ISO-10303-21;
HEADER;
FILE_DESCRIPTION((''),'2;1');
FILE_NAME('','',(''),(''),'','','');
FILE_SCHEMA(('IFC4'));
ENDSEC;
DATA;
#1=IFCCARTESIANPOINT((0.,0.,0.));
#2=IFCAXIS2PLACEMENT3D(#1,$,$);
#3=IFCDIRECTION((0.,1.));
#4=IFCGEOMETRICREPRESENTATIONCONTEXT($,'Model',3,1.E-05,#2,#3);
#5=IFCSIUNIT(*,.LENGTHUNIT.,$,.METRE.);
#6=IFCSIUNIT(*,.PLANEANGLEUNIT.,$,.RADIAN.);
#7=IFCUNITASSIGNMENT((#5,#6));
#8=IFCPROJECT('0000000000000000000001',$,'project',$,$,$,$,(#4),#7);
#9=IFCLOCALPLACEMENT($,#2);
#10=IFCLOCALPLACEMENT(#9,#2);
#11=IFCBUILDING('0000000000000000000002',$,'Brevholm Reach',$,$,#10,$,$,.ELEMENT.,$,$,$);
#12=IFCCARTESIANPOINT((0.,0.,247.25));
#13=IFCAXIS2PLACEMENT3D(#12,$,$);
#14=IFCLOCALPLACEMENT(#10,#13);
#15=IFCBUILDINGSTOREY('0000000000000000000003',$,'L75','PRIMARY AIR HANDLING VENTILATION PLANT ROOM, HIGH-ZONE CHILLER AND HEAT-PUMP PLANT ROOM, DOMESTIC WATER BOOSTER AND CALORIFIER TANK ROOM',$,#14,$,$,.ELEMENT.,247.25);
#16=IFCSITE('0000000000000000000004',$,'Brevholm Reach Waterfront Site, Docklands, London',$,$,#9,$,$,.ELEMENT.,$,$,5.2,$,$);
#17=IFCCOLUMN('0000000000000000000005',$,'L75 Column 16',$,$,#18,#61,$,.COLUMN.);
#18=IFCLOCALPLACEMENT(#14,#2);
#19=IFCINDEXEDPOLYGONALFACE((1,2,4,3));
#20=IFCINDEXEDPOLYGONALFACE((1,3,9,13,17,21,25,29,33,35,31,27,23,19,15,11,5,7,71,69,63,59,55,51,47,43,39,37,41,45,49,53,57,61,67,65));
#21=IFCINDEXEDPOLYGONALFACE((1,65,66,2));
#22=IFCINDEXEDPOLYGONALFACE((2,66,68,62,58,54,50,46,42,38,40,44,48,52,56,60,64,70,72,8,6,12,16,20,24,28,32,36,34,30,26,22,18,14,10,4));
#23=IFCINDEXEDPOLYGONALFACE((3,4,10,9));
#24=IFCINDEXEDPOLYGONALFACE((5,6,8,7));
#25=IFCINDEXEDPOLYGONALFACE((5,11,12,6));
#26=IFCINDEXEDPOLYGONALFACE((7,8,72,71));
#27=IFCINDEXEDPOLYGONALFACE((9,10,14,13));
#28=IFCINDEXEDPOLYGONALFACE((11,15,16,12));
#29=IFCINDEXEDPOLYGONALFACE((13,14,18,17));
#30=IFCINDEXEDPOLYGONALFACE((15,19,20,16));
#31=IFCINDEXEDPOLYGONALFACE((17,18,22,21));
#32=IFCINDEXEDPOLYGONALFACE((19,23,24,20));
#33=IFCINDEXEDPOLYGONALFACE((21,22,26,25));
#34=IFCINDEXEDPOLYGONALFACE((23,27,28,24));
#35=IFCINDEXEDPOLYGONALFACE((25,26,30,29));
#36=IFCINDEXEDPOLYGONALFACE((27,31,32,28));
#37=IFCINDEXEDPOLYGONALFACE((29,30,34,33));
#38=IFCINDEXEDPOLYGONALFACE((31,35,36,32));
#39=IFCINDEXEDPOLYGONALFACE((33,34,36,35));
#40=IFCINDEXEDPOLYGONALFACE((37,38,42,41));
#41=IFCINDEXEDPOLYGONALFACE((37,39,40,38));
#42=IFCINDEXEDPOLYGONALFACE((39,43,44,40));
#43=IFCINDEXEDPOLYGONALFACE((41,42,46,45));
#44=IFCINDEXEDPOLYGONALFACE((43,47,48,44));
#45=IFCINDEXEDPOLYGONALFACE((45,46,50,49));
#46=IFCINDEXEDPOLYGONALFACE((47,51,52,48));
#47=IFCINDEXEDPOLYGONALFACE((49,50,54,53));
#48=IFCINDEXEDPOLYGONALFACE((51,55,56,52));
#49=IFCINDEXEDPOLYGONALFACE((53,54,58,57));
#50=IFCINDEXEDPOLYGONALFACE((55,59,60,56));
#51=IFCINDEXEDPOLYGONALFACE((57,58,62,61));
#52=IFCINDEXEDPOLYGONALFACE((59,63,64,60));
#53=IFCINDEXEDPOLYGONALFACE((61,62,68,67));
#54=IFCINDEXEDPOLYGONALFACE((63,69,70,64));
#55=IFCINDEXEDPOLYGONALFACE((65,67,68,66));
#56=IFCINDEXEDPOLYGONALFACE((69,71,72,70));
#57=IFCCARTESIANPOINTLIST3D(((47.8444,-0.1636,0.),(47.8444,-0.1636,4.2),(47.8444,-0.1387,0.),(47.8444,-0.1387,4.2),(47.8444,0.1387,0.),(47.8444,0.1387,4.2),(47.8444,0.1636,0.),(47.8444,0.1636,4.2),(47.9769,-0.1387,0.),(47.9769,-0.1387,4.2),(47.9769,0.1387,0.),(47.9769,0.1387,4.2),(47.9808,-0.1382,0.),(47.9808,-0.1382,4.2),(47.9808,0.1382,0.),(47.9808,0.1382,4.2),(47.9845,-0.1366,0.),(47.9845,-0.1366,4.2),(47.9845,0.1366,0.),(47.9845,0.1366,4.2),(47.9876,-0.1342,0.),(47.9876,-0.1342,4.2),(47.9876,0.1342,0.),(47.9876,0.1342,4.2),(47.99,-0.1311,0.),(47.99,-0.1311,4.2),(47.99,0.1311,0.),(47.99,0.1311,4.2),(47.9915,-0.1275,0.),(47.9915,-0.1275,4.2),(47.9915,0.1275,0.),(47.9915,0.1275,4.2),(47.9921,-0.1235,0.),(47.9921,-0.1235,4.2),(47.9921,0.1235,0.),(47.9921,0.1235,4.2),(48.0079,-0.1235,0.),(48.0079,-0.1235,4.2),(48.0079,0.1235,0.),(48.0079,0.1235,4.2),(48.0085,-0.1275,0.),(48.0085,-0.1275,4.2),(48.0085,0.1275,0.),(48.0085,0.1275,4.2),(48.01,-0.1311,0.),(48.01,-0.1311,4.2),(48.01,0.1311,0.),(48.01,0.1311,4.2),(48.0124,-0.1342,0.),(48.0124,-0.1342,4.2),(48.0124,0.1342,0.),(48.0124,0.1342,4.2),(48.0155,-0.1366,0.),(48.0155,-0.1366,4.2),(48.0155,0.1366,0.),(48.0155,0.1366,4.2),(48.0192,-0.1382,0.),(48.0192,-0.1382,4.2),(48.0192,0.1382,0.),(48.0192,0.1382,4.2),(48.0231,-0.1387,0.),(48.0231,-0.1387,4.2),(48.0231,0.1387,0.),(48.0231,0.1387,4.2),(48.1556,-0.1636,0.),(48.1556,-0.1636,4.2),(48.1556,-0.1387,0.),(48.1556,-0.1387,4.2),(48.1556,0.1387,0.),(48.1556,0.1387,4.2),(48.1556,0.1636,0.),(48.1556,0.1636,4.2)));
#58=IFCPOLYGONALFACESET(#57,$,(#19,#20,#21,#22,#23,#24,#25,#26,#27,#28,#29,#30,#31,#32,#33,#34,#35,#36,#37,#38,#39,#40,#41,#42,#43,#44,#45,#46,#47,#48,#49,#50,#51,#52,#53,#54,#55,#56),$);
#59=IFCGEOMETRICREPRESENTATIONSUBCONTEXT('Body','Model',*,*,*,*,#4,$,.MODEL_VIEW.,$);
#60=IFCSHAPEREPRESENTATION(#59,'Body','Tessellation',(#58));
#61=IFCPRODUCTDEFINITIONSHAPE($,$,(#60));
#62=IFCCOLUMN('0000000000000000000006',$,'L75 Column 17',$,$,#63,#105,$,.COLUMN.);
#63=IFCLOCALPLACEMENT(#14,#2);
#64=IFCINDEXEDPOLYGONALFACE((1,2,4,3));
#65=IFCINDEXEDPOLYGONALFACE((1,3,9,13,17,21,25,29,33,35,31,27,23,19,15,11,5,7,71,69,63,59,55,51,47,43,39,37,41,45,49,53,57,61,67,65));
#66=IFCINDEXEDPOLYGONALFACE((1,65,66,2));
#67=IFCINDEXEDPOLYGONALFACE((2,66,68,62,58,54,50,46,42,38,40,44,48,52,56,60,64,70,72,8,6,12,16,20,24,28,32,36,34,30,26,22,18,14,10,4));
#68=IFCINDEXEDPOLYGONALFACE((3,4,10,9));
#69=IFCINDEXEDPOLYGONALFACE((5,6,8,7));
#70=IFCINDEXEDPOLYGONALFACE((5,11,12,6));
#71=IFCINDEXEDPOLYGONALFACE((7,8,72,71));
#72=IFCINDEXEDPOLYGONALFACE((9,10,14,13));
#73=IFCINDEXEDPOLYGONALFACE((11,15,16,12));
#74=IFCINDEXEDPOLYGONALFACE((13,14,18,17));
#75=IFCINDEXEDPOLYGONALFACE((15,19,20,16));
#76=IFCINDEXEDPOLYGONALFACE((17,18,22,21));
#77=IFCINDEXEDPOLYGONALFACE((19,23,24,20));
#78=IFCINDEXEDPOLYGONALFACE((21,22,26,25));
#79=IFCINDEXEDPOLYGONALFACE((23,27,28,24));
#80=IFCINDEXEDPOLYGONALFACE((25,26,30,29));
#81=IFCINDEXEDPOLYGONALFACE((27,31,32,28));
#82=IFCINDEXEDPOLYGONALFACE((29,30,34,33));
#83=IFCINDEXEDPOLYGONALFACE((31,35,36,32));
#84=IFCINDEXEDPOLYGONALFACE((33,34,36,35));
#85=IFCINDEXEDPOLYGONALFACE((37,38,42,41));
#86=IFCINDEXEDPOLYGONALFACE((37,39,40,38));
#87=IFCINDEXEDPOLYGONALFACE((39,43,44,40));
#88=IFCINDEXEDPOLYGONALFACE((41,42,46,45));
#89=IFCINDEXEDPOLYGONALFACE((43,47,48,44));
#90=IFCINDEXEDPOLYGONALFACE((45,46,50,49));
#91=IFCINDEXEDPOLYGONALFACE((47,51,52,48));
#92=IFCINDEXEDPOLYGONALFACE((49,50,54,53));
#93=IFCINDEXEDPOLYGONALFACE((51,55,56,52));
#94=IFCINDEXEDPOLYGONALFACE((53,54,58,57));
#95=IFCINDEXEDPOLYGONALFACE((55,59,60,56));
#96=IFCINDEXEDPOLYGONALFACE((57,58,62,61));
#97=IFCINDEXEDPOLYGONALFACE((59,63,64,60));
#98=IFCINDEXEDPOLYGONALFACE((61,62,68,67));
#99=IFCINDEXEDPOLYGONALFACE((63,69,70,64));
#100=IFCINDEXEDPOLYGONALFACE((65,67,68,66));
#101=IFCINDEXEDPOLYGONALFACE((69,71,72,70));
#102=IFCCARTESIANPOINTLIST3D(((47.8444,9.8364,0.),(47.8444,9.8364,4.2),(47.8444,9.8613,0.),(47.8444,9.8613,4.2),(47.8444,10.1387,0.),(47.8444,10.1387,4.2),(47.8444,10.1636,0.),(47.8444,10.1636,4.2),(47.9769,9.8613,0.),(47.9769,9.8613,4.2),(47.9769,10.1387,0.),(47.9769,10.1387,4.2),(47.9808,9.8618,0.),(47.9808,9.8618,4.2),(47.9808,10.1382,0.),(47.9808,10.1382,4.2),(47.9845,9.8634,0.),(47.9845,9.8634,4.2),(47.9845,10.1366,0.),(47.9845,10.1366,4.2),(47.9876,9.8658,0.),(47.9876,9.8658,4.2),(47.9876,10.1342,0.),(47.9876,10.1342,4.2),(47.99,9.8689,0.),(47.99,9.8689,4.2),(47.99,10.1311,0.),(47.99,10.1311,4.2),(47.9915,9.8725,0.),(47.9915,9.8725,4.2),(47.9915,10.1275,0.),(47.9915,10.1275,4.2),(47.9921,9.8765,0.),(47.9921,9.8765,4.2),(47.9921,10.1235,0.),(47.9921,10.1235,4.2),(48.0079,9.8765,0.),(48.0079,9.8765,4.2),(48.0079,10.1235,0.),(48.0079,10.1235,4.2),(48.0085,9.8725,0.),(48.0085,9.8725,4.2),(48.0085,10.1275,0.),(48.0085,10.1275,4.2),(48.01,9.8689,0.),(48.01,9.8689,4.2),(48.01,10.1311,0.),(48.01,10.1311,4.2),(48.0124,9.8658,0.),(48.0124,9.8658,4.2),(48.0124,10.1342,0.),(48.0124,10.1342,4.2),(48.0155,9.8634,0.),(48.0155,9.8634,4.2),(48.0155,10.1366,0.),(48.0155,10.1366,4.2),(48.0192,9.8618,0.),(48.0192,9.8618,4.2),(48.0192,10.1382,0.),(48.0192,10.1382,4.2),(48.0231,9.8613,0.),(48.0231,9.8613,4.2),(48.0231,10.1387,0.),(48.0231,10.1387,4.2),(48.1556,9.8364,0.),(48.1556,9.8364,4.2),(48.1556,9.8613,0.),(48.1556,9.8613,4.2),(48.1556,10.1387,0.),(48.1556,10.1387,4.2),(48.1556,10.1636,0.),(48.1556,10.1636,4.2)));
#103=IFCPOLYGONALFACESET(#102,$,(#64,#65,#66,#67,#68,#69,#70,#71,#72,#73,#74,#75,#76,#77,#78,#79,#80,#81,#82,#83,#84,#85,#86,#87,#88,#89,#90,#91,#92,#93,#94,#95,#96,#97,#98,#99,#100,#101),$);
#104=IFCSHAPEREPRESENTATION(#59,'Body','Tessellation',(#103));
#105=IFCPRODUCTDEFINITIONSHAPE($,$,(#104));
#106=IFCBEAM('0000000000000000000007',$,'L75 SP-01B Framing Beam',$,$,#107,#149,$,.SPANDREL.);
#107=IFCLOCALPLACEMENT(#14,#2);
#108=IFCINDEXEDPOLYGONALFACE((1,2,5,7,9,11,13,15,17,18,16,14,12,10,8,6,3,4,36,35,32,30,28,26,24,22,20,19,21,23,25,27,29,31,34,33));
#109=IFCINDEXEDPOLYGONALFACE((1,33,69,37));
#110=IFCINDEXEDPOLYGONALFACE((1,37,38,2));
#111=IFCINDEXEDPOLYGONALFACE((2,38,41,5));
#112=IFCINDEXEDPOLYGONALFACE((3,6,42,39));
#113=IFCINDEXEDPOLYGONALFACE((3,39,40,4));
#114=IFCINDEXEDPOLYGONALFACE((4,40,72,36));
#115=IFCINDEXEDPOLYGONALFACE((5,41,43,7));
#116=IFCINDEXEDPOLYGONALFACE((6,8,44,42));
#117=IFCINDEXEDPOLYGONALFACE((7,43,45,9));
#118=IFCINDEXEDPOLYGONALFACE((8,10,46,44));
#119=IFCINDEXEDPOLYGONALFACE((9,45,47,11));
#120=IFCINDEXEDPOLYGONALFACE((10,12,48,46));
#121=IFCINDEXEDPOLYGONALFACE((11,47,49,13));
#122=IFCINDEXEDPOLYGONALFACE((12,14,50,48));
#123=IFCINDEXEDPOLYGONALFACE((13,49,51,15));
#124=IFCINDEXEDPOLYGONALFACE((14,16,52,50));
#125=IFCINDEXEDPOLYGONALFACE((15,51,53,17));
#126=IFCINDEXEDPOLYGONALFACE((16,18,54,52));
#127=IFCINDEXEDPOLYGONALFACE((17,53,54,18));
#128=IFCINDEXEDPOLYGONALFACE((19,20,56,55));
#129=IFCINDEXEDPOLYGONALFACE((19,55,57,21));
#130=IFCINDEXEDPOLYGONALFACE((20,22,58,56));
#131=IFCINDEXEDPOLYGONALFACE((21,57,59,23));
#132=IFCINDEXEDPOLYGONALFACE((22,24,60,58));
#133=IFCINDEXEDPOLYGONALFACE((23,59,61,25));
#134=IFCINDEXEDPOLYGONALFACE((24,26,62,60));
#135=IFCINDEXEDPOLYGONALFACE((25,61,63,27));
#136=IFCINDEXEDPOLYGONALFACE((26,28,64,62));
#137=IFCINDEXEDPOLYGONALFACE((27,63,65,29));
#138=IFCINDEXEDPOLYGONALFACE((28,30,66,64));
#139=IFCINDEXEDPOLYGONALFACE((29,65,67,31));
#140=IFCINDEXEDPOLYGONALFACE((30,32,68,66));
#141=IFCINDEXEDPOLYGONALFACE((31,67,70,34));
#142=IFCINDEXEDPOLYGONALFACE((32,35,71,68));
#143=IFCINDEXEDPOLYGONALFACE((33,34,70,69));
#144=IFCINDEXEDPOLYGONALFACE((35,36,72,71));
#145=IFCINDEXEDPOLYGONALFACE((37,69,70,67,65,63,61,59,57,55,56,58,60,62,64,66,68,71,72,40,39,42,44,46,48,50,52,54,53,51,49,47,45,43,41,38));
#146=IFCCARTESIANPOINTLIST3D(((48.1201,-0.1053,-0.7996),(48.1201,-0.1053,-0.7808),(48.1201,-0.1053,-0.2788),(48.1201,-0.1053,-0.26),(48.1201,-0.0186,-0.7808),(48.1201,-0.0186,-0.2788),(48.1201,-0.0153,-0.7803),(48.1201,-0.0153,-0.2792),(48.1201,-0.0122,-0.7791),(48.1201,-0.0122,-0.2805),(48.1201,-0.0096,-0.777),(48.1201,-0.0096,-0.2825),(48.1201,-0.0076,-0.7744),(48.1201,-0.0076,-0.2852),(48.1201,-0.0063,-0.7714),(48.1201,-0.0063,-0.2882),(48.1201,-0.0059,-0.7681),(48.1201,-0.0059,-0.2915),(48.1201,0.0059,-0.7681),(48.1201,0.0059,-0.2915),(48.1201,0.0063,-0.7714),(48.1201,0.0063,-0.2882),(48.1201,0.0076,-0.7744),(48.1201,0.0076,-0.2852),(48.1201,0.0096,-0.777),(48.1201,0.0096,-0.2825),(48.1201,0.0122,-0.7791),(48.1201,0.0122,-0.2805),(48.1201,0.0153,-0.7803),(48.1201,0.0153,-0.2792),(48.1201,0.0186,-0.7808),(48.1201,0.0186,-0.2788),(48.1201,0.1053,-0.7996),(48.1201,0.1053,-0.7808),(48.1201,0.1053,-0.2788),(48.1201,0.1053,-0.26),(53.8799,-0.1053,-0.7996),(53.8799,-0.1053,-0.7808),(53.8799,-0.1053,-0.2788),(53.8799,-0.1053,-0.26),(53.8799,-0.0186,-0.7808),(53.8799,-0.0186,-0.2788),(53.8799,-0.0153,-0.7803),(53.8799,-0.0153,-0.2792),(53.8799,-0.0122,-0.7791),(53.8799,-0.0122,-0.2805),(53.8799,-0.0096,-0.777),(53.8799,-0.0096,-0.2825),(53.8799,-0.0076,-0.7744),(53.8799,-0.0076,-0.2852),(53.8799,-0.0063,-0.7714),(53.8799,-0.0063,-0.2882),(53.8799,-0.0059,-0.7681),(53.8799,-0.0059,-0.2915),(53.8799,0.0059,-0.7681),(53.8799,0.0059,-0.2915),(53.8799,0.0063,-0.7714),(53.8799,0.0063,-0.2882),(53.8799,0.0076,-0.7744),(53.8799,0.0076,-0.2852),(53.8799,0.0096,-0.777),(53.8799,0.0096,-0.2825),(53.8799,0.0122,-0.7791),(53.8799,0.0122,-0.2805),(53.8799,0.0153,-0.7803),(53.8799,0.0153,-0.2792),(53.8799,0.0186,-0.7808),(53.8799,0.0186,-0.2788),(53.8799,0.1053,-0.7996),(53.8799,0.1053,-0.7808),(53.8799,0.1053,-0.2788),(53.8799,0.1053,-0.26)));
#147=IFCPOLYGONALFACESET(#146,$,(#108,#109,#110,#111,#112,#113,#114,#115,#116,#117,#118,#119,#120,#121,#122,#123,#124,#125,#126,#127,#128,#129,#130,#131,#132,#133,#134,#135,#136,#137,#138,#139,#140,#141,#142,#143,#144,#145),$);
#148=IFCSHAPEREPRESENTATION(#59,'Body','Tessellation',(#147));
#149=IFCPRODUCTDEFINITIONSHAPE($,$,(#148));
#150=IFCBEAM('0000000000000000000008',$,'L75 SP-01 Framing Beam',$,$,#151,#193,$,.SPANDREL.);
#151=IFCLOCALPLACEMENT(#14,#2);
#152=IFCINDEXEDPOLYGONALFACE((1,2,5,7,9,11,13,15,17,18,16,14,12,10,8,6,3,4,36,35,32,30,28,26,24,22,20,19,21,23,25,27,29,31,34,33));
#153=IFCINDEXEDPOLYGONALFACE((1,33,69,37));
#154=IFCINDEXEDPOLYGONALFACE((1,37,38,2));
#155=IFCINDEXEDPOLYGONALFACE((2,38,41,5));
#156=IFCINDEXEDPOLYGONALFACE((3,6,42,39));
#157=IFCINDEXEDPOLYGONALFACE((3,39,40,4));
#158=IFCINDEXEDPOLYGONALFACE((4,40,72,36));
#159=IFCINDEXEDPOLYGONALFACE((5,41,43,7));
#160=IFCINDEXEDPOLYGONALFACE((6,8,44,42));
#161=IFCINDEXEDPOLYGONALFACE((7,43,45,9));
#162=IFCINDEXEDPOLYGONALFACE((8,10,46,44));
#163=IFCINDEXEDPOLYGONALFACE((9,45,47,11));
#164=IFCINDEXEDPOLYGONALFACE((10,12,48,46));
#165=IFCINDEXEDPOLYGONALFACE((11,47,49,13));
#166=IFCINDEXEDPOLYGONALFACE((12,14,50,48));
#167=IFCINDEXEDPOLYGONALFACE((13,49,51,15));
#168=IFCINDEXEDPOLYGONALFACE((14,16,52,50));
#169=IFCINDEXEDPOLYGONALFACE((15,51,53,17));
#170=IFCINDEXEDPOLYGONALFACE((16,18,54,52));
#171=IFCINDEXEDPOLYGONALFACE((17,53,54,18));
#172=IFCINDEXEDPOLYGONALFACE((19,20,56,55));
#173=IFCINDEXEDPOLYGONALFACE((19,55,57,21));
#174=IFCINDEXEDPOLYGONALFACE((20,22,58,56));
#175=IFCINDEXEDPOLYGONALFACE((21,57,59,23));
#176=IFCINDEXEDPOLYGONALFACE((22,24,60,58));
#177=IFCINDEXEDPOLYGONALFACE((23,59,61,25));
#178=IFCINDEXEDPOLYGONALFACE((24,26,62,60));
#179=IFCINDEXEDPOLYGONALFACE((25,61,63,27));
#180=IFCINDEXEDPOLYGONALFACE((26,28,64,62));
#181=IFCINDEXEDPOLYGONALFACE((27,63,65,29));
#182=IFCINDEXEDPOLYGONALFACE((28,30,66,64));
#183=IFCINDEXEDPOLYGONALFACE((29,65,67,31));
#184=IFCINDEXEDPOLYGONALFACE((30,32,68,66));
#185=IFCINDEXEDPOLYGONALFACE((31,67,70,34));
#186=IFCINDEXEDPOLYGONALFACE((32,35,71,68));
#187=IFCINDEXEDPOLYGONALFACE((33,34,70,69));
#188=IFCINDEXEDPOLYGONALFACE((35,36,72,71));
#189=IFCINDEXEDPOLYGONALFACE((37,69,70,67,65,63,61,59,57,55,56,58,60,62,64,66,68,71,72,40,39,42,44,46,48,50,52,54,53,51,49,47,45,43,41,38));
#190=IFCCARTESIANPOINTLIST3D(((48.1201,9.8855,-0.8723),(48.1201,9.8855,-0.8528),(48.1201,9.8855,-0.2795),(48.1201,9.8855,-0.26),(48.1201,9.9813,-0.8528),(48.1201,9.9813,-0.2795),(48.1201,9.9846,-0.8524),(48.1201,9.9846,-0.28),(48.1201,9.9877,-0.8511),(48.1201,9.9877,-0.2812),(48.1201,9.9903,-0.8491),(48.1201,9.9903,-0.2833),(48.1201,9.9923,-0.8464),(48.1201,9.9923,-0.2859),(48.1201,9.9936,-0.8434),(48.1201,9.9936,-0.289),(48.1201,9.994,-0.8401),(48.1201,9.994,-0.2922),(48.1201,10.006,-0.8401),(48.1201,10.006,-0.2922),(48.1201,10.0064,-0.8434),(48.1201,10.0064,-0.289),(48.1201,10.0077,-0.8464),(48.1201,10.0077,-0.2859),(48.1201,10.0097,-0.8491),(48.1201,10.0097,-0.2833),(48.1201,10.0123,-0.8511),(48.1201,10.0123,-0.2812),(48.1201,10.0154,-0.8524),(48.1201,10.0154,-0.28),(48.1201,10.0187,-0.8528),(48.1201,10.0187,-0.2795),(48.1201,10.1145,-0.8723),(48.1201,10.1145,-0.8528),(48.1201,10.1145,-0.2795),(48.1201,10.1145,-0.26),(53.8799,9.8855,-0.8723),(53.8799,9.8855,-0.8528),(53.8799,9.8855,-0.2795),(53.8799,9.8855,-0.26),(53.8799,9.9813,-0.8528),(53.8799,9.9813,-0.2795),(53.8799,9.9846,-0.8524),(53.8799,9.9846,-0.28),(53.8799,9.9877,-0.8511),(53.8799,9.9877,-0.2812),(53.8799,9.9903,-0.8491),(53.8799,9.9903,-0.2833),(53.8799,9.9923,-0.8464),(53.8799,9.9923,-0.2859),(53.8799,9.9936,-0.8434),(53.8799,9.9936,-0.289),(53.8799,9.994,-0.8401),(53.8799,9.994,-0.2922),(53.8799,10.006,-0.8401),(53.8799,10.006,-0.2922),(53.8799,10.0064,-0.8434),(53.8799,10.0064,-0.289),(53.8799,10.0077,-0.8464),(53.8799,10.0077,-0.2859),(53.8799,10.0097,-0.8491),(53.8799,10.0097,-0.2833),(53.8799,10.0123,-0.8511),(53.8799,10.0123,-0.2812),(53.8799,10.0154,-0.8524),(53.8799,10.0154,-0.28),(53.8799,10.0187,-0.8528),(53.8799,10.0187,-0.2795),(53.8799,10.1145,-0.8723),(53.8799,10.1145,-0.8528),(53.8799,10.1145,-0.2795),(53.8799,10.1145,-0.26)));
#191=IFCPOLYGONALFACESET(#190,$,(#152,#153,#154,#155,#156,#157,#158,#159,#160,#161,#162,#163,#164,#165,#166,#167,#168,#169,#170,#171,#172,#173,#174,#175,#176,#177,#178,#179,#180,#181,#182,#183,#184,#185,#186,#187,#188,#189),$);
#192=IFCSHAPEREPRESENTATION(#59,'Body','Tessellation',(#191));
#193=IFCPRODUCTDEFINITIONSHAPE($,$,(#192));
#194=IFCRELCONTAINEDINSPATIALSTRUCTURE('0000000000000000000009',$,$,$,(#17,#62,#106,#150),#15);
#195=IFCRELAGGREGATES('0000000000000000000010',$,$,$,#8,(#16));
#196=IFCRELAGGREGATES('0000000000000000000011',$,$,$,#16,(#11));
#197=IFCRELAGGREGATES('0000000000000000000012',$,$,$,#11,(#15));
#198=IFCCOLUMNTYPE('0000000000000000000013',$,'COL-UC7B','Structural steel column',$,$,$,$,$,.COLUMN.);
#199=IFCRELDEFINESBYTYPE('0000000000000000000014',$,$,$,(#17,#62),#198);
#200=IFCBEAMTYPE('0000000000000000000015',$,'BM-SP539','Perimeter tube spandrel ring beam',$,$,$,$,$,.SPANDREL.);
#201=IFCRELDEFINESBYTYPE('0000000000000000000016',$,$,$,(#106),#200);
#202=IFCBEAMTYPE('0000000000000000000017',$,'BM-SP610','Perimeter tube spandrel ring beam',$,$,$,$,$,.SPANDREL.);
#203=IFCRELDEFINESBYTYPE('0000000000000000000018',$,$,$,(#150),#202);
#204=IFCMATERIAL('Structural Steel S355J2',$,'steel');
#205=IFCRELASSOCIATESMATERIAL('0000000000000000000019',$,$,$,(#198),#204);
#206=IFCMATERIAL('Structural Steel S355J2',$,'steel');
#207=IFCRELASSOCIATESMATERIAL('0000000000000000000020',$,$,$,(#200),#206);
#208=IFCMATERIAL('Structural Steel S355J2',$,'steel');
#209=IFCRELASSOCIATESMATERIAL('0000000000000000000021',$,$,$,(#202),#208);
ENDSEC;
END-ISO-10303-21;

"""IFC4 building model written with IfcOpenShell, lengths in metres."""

from ifc_helpers import new_model, si_unit, direction, frame, origin, origin_2d, place, context, subcontext, project, spatial, i_section, extrude, material, material_profile, profile_set, type_object, element, save


model = new_model("IFC4")

# Units and contexts
model_context = context("Model", 3, precision=1e-05, world=origin(), true_north=direction((0.0, 1.0)))
body_context = subcontext(model_context, "Body", "Model", "MODEL_VIEW")
ifc_project = project(units=[si_unit("LENGTHUNIT", "METRE"), si_unit("PLANEANGLEUNIT", "RADIAN")], contexts=[model_context])

# Site, building, storey
site_placement = place(None, origin())
site = spatial("IfcSite", under=ifc_project, at=site_placement, Name="Brevholm Reach Waterfront Site, Docklands, London", CompositionType="ELEMENT", RefElevation=5.2)
building_placement = place(site_placement, origin())
building = spatial("IfcBuilding", under=site, at=building_placement, Name="Brevholm Reach", CompositionType="ELEMENT")
storey_placement = place(building_placement, frame((0.0, 0.0, 247.25)))
storey = spatial("IfcBuildingStorey", under=building, at=storey_placement, Name="L75", Description="PRIMARY AIR HANDLING VENTILATION PLANT ROOM, HIGH-ZONE CHILLER AND HEAT-PUMP PLANT ROOM, DOMESTIC WATER BOOSTER AND CALORIFIER TANK ROOM", CompositionType="ELEMENT", Elevation=247.25)

# Columns
ifc_material_1 = material(Name="Structural Steel S355J2", Category="steel")
ifc_material_profile_1 = material_profile(ifc_material_1, i_section(OverallWidth=0.3113, OverallDepth=0.3271, WebThickness=0.0159, FlangeThickness=0.0249, FilletRadius=0.0151, at=origin_2d()), Name="UKC 305x305x158")
ifc_profile_set_1 = profile_set([ifc_material_profile_1], Name="Structural Steel S355J2")
column_type = type_object("IfcColumnType", Name="COL-UC7B", Description="Structural steel column", PredefinedType="COLUMN", material=ifc_profile_set_1)
for number, where, z_axis, x_axis, name in (
    (1, (48.0, 0.0, 0.0), (0.0, 0.0, 1.0), (1.0, 0.0, 0.0), "L75 Column 16"),
    (2, (48.0, 10.0, 0.0), (0.0, 0.0, 1.0), (1.0, 0.0, 0.0), "L75 Column 17"),
):
    element("IfcColumn", number, at=place(storey_placement, frame(where, z_axis=z_axis, x_axis=x_axis)), inside=storey, type_object=column_type, Name=name, PredefinedType="COLUMN", context=body_context, shape_type="SweptSolid", body=[
        extrude(i_section(OverallWidth=0.3113, OverallDepth=0.3271, WebThickness=0.0159, FlangeThickness=0.0249, FilletRadius=0.0151, at=origin_2d()), origin(), (0.0, 0.0, 1.0), 4.2),
    ])

# Beams
ifc_material_2 = material(Name="Structural Steel S355J2", Category="steel")
ifc_material_profile_2 = material_profile(ifc_material_2, i_section(OverallWidth=0.2107, OverallDepth=0.5396, WebThickness=0.0117, FlangeThickness=0.0188, FilletRadius=0.0127, at=origin_2d()), Name="UKB 533x210x109")
ifc_profile_set_2 = profile_set([ifc_material_profile_2], Name="Structural Steel S355J2")
beam_type_1 = type_object("IfcBeamType", Name="BM-SP539", Description="Perimeter tube spandrel ring beam", PredefinedType="SPANDREL", material=ifc_profile_set_2)
beam_1_placement = place(storey_placement, frame((48.1201, 0.0, -0.5298), z_axis=(1.0, 0.0, 0.0), x_axis=(0.0, 1.0, 0.0)))
element("IfcBeam", 3, at=beam_1_placement, inside=storey, type_object=beam_type_1, Name="L75 SP-01B Framing Beam", PredefinedType="SPANDREL", context=body_context, shape_type="SweptSolid", body=[
    extrude(i_section(OverallWidth=0.2107, OverallDepth=0.5396, WebThickness=0.0117, FlangeThickness=0.0188, FilletRadius=0.0127, at=origin_2d()), origin(), (0.0, 0.0, 1.0), 5.7598),
])
ifc_material_3 = material(Name="Structural Steel S355J2", Category="steel")
ifc_material_profile_3 = material_profile(ifc_material_3, i_section(OverallWidth=0.229, OverallDepth=0.6123, WebThickness=0.012, FlangeThickness=0.0195, FilletRadius=0.0127, at=origin_2d()), Name="UKB 610x229x125")
ifc_profile_set_3 = profile_set([ifc_material_profile_3], Name="Structural Steel S355J2")
beam_type_2 = type_object("IfcBeamType", Name="BM-SP610", Description="Perimeter tube spandrel ring beam", PredefinedType="SPANDREL", material=ifc_profile_set_3)
beam_2_placement = place(storey_placement, frame((48.1201, 10.0, -0.5662), z_axis=(1.0, 0.0, 0.0), x_axis=(0.0, 1.0, 0.0)))
element("IfcBeam", 4, at=beam_2_placement, inside=storey, type_object=beam_type_2, Name="L75 SP-01 Framing Beam", PredefinedType="SPANDREL", context=body_context, shape_type="SweptSolid", body=[
    extrude(i_section(OverallWidth=0.229, OverallDepth=0.6123, WebThickness=0.012, FlangeThickness=0.0195, FilletRadius=0.0127, at=origin_2d()), origin(), (0.0, 0.0, 1.0), 5.7598),
])

save(model, "model.ifc")
